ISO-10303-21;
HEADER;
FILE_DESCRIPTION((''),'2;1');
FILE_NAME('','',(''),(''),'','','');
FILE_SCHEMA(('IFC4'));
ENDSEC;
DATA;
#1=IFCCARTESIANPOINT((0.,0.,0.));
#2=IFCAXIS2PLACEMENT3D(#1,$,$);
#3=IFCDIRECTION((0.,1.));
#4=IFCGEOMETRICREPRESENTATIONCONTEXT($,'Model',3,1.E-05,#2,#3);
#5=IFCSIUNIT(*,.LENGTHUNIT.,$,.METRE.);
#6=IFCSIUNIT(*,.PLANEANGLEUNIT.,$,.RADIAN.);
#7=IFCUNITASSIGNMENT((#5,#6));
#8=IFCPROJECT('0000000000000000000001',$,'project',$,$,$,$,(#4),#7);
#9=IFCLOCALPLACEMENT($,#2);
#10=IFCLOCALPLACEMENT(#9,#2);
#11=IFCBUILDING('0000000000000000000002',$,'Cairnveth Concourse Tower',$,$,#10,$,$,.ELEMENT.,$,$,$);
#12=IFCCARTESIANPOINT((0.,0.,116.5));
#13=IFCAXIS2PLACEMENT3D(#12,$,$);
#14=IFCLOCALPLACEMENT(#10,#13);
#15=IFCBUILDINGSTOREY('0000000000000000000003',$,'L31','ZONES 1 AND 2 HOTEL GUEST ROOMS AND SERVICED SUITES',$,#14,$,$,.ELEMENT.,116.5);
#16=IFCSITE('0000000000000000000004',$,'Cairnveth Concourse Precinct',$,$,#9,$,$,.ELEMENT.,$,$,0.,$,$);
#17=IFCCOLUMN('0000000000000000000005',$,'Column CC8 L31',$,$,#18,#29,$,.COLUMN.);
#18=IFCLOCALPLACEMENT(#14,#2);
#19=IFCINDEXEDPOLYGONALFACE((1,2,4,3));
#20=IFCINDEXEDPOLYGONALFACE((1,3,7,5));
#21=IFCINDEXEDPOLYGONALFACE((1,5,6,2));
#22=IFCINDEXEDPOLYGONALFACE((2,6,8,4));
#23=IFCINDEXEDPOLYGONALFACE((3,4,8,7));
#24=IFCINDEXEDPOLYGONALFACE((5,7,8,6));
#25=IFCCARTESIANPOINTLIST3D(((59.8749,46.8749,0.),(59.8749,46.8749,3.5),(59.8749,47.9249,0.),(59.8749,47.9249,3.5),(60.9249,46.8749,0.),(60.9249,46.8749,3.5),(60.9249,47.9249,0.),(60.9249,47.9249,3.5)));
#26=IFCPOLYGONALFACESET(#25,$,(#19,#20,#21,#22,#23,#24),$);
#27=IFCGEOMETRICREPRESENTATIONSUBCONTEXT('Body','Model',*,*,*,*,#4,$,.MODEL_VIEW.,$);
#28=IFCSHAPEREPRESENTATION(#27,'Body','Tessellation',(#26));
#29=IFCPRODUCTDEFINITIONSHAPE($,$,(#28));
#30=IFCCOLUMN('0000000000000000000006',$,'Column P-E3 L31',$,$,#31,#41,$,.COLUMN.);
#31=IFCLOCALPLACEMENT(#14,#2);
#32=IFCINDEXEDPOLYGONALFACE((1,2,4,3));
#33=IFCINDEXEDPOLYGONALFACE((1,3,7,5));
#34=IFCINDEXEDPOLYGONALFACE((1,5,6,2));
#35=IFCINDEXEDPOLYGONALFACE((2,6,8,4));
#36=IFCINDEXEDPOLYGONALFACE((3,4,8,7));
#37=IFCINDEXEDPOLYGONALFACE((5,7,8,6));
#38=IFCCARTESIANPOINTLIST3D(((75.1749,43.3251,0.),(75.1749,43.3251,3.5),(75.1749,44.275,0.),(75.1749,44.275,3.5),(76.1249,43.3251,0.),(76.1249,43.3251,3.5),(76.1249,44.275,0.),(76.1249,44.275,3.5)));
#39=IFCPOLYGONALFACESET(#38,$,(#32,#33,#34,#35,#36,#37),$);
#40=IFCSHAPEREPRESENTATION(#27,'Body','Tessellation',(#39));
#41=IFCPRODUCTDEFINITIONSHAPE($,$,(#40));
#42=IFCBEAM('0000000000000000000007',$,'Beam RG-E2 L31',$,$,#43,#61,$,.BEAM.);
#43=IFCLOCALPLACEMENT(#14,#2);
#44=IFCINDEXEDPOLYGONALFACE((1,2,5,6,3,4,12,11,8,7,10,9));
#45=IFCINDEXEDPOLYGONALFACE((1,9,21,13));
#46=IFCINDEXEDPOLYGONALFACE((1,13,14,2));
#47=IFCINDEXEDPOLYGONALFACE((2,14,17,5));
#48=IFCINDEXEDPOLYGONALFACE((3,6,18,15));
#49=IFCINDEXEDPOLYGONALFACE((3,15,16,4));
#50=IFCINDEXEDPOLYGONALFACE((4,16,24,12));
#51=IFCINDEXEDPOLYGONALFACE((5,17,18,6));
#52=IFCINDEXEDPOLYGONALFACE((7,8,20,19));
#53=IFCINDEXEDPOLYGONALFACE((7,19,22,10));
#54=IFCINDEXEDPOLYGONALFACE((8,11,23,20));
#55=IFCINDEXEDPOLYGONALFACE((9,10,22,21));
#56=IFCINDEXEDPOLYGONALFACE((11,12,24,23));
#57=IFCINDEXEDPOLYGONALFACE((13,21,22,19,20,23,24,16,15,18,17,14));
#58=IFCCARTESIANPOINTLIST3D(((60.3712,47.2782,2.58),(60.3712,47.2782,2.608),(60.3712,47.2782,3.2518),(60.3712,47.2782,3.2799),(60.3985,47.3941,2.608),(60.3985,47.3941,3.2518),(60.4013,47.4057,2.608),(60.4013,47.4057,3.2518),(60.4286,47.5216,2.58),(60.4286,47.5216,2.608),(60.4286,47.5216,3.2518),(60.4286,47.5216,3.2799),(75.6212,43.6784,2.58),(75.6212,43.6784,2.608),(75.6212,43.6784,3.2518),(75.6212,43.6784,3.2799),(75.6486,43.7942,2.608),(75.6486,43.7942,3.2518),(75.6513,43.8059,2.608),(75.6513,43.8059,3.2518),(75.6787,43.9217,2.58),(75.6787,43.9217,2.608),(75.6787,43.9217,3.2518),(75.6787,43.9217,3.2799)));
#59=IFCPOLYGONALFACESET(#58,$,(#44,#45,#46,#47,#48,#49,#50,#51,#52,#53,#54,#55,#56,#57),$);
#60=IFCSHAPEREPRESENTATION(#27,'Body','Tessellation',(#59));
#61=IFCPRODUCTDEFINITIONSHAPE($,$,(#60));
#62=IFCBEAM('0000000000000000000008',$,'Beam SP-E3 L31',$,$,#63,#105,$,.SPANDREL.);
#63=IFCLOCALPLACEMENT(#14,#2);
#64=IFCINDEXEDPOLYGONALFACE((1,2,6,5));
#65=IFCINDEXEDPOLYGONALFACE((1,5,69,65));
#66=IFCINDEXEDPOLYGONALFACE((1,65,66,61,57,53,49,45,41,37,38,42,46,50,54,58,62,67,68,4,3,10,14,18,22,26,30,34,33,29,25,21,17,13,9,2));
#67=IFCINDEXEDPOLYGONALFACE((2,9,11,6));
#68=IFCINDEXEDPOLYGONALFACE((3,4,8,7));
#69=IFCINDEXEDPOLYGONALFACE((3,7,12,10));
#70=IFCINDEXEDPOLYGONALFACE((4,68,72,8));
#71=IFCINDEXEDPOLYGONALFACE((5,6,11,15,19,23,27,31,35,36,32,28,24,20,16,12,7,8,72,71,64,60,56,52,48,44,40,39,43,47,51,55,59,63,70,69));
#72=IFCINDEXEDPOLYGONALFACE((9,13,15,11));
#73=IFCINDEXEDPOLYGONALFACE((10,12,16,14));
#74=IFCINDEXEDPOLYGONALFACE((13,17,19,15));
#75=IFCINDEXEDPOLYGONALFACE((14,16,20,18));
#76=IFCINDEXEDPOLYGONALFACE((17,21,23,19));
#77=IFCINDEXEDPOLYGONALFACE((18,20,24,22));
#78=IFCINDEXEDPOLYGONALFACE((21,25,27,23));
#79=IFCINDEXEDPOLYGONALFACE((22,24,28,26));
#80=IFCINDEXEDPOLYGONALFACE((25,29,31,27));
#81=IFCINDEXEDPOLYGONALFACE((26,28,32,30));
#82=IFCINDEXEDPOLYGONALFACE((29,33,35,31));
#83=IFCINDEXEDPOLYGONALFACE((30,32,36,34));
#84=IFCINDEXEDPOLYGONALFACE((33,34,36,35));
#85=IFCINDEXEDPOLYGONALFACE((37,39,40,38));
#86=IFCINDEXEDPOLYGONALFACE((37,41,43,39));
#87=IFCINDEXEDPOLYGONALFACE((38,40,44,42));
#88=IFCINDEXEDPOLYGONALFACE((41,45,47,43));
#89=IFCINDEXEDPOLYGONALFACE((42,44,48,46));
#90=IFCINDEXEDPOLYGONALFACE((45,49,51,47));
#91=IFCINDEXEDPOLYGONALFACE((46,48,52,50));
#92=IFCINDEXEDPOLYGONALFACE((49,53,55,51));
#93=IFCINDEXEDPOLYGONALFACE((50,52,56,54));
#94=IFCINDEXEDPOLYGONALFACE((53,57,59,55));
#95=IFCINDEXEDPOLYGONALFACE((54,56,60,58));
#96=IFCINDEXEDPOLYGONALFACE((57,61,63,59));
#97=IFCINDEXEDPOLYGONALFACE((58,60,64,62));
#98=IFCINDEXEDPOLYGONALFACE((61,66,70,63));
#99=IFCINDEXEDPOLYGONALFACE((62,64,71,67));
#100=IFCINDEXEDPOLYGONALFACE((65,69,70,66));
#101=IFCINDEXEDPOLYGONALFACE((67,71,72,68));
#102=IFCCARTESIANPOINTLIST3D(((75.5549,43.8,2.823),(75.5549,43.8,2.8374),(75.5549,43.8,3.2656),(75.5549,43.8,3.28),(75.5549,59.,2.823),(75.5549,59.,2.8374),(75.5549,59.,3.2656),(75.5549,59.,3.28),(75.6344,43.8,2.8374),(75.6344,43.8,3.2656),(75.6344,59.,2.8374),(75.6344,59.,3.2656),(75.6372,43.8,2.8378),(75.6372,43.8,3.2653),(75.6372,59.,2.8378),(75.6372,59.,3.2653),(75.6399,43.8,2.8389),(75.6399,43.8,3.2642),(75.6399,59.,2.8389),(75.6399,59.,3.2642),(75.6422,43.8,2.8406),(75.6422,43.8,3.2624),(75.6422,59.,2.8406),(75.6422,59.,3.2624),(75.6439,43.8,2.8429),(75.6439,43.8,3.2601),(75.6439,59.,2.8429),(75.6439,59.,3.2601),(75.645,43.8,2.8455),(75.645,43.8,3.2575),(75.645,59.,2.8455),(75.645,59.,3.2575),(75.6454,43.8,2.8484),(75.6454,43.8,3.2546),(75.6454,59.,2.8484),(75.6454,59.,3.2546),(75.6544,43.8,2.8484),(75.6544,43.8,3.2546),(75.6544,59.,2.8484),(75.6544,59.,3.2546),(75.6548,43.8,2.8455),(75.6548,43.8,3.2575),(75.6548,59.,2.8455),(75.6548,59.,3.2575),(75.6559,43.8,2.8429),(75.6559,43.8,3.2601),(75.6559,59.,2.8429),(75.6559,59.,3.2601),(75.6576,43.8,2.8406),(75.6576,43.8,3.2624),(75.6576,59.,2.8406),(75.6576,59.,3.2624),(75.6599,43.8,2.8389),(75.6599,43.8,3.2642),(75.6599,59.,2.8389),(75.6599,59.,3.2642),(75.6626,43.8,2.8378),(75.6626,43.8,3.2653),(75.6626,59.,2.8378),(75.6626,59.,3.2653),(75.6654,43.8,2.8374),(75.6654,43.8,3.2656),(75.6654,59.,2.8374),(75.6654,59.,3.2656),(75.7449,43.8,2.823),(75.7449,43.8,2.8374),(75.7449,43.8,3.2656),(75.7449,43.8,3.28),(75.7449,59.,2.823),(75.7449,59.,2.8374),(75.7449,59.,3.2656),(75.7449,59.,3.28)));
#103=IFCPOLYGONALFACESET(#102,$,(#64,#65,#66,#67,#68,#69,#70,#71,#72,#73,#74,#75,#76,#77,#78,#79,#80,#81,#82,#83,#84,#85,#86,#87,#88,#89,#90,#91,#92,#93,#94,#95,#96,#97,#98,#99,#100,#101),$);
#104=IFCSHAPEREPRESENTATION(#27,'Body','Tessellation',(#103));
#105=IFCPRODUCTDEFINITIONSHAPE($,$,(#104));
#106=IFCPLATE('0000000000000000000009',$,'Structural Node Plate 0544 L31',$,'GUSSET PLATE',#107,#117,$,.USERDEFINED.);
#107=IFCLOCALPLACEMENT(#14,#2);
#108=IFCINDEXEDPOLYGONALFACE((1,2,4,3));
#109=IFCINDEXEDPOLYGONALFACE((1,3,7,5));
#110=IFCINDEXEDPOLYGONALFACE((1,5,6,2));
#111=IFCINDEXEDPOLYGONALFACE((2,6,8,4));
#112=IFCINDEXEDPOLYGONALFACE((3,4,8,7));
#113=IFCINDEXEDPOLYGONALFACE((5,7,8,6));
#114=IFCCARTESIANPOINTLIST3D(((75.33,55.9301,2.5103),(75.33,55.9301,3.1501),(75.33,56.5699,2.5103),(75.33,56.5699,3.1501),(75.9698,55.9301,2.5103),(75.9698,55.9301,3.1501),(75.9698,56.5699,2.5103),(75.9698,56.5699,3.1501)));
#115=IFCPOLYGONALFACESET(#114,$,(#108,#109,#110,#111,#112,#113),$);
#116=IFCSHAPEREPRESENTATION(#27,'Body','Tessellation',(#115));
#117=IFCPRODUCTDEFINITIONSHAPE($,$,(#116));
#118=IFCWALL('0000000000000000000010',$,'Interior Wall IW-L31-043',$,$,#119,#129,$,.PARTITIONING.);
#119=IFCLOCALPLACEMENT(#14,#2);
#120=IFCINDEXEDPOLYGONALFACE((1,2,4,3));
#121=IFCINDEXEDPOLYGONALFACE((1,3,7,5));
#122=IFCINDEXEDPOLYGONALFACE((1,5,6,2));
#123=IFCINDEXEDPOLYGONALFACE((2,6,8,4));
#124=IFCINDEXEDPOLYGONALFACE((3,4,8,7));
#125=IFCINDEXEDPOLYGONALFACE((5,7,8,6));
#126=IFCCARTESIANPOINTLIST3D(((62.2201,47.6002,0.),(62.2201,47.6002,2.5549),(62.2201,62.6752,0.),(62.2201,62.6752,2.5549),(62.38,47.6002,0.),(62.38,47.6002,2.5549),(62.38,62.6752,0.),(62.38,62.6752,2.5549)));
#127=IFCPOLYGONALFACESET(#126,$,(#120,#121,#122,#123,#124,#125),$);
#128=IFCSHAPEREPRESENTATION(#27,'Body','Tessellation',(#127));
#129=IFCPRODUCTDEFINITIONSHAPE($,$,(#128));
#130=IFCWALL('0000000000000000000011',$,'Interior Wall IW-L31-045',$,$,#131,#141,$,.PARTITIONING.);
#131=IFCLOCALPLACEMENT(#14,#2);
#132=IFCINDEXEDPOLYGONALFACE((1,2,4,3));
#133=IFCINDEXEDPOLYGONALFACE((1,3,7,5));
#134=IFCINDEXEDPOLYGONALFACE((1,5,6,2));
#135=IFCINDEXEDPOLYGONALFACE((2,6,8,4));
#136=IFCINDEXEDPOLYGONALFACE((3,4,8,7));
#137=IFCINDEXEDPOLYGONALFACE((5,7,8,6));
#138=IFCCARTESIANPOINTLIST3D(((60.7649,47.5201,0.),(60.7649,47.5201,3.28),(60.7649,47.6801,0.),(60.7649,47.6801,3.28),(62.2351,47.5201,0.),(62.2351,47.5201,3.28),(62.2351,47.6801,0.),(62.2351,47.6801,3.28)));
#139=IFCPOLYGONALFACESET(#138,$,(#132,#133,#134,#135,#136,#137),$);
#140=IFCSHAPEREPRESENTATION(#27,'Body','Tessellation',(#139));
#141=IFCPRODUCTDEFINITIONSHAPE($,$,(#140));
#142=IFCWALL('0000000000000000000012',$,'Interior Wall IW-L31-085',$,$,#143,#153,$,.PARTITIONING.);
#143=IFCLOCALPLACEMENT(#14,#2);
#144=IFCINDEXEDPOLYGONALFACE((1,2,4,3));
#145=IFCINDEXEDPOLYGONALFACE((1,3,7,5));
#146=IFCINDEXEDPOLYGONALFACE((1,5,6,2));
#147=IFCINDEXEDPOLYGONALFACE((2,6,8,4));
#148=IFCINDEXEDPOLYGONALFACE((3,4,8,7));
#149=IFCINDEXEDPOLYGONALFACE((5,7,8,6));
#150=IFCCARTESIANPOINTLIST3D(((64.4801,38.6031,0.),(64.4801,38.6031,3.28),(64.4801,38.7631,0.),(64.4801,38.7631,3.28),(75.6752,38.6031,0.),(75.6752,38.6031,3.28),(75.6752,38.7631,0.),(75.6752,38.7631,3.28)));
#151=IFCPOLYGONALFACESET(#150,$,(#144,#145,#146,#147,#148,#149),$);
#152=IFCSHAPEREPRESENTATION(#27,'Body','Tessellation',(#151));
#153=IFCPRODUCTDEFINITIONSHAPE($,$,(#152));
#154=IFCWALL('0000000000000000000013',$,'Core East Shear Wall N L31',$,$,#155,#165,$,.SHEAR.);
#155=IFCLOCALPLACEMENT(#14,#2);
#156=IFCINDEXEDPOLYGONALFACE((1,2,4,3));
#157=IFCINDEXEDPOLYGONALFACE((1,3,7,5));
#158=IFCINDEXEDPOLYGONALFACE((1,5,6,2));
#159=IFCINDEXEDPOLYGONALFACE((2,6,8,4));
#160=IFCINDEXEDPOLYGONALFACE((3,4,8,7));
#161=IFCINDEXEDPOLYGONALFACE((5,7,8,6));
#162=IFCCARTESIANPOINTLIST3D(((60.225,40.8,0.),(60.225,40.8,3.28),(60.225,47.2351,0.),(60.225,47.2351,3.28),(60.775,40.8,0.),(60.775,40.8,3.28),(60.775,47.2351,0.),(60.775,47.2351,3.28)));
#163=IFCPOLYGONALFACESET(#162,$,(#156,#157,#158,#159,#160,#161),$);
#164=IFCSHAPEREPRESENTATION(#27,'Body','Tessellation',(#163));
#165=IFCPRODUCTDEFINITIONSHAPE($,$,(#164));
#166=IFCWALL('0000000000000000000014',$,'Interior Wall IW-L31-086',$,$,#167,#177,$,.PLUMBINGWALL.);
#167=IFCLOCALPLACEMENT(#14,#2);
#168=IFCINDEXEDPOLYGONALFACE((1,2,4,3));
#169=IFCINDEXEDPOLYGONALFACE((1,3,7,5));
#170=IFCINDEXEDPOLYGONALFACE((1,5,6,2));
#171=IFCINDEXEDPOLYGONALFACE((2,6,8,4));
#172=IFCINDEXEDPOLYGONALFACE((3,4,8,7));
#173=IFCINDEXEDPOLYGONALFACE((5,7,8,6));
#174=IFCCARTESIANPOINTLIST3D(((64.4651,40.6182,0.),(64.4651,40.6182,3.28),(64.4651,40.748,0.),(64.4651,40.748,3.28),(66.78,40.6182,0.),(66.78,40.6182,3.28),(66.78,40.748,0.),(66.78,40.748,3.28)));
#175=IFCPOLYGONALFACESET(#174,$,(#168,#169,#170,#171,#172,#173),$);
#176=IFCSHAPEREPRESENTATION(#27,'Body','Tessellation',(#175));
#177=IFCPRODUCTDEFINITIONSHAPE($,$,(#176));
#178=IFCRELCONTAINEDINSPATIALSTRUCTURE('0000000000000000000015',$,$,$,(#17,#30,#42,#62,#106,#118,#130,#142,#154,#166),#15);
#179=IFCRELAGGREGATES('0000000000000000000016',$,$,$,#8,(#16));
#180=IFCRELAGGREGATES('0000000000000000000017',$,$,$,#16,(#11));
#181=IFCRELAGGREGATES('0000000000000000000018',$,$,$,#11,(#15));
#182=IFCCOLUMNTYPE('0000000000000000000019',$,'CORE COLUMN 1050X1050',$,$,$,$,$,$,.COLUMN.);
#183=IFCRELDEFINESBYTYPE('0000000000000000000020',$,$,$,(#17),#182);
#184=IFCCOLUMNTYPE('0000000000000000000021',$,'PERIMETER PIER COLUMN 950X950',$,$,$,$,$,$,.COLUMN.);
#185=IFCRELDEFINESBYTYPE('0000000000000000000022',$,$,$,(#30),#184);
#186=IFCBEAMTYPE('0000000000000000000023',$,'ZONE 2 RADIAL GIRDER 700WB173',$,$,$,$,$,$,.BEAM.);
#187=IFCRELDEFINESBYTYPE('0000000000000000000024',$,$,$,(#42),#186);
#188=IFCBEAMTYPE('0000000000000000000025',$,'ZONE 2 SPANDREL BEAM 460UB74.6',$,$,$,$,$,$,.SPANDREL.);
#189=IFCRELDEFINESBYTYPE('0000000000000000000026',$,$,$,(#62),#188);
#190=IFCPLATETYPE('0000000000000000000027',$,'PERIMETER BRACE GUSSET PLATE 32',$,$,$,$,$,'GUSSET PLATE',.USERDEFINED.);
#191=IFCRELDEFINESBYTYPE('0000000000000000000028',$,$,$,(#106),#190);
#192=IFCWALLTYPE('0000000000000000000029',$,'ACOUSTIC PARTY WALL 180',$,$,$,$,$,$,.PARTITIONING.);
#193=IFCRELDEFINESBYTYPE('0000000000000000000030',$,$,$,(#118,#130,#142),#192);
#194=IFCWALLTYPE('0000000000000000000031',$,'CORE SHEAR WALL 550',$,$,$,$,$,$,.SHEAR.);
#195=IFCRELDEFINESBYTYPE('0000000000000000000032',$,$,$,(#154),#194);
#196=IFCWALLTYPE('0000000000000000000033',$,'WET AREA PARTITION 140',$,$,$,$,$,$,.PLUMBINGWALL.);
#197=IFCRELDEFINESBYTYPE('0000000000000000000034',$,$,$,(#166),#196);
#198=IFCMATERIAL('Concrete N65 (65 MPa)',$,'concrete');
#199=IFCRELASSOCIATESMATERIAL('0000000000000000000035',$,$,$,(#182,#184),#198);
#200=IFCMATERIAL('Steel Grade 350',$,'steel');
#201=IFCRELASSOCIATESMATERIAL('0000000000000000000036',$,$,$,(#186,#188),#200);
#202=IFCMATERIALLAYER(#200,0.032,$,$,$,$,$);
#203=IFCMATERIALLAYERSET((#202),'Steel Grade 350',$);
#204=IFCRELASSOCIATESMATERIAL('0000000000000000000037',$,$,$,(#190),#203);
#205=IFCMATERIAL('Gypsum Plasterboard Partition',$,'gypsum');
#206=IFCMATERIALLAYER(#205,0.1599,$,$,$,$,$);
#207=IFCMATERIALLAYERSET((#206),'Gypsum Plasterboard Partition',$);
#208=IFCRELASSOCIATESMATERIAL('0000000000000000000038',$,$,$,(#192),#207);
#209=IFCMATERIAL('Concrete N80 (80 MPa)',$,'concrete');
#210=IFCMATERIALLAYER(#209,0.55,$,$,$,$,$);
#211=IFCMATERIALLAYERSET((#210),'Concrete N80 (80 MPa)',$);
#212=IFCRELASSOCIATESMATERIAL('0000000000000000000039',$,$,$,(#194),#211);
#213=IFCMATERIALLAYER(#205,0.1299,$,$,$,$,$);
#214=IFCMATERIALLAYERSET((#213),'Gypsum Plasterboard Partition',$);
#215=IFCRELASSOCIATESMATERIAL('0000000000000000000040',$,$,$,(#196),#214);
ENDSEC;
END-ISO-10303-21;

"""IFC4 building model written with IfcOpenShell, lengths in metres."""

from ifc_helpers import new_model, si_unit, direction, frame, frame_2d, origin, origin_2d, place, context, subcontext, project, spatial, rectangle, i_section, extrude, material, layer, layer_set, material_profile, profile_set, type_object, element, save


model = new_model("IFC4")

# Units and contexts
model_context = context("Model", 3, precision=1e-05, world=origin(), true_north=direction((0.0, 1.0)))
body_context = subcontext(model_context, "Body", "Model", "MODEL_VIEW")
ifc_project = project(units=[si_unit("LENGTHUNIT", "METRE"), si_unit("PLANEANGLEUNIT", "RADIAN")], contexts=[model_context])

# Site, building, storey
site_placement = place(None, origin())
site = spatial("IfcSite", under=ifc_project, at=site_placement, Name="Cairnveth Concourse Precinct", CompositionType="ELEMENT", RefElevation=0.0)
building_placement = place(site_placement, origin())
building = spatial("IfcBuilding", under=site, at=building_placement, Name="Cairnveth Concourse Tower", CompositionType="ELEMENT")
storey_placement = place(building_placement, frame((0.0, 0.0, 116.5)))
storey = spatial("IfcBuildingStorey", under=building, at=storey_placement, Name="L31", Description="ZONES 1 AND 2 HOTEL GUEST ROOMS AND SERVICED SUITES", CompositionType="ELEMENT", Elevation=116.5)

# Columns
ifc_material_1 = material(Name="Concrete N65 (65 MPa)", Category="concrete")
ifc_material_profile_1 = material_profile(ifc_material_1, rectangle(XDim=1.05, YDim=1.05, at=origin_2d()), Name="RC-COL-1050x1050")
ifc_profile_set_1 = profile_set([ifc_material_profile_1], Name="Concrete N65 (65 MPa)")
column_type_1 = type_object("IfcColumnType", Name="CORE COLUMN 1050X1050", PredefinedType="COLUMN", material=ifc_profile_set_1)
column_1_placement = place(storey_placement, frame((60.3999, 47.3999, 0.0), z_axis=(0.0, 0.0, 1.0), x_axis=(1.0, 0.0, 0.0)))
element("IfcColumn", 1, at=column_1_placement, inside=storey, type_object=column_type_1, Name="Column CC8 L31", PredefinedType="COLUMN", context=body_context, shape_type="SweptSolid", body=[
    extrude(rectangle(XDim=1.05, YDim=1.05, at=origin_2d()), origin(), (0.0, 0.0, 1.0), 3.5),
])
ifc_material_profile_2 = material_profile(ifc_material_1, rectangle(XDim=0.95, YDim=0.95, at=origin_2d()), Name="RC-COL-950x950")
ifc_profile_set_2 = profile_set([ifc_material_profile_2], Name="Concrete N65 (65 MPa)")
column_type_2 = type_object("IfcColumnType", Name="PERIMETER PIER COLUMN 950X950", PredefinedType="COLUMN", material=ifc_profile_set_2)
column_2_placement = place(storey_placement, frame((75.6499, 43.8, 0.0), z_axis=(0.0, 0.0, 1.0), x_axis=(0.0, 1.0, 0.0)))
element("IfcColumn", 2, at=column_2_placement, inside=storey, type_object=column_type_2, Name="Column P-E3 L31", PredefinedType="COLUMN", context=body_context, shape_type="SweptSolid", body=[
    extrude(rectangle(XDim=0.95, YDim=0.95, at=origin_2d()), origin(), (0.0, 0.0, 1.0), 3.5),
])

# Beams
ifc_material_2 = material(Name="Steel Grade 350", Category="steel")
ifc_material_profile_3 = material_profile(ifc_material_2, i_section(OverallWidth=0.25, OverallDepth=0.7, WebThickness=0.012, FlangeThickness=0.0281, at=origin_2d()), Name="700WB173")
ifc_profile_set_3 = profile_set([ifc_material_profile_3], Name="Steel Grade 350")
beam_type_1 = type_object("IfcBeamType", Name="ZONE 2 RADIAL GIRDER 700WB173", PredefinedType="BEAM", material=ifc_profile_set_3)
beam_1_placement = place(storey_placement, frame((60.3999, 47.3999, 2.9299), z_axis=(0.973252, -0.229742, 0.0), x_axis=(0.229742, 0.973252, 0.0)))
element("IfcBeam", 3, at=beam_1_placement, inside=storey, type_object=beam_type_1, Name="Beam RG-E2 L31", PredefinedType="BEAM", context=body_context, shape_type="SweptSolid", body=[
    extrude(i_section(OverallWidth=0.25, OverallDepth=0.7, WebThickness=0.012, FlangeThickness=0.0281, at=origin_2d()), origin(), (0.0, 0.0, 1.0), 15.6692),
])
ifc_material_profile_4 = material_profile(ifc_material_2, i_section(OverallWidth=0.1899, OverallDepth=0.457, WebThickness=0.009, FlangeThickness=0.0144, FilletRadius=0.011, at=origin_2d()), Name="460UB74.6")
ifc_profile_set_4 = profile_set([ifc_material_profile_4], Name="Steel Grade 350")
beam_type_2 = type_object("IfcBeamType", Name="ZONE 2 SPANDREL BEAM 460UB74.6", PredefinedType="SPANDREL", material=ifc_profile_set_4)
beam_2_placement = place(storey_placement, frame((75.6499, 43.8, 3.0515), z_axis=(0.0, 1.0, 0.0), x_axis=(-1.0, 0.0, 0.0)))
element("IfcBeam", 4, at=beam_2_placement, inside=storey, type_object=beam_type_2, Name="Beam SP-E3 L31", PredefinedType="SPANDREL", context=body_context, shape_type="SweptSolid", body=[
    extrude(i_section(OverallWidth=0.1899, OverallDepth=0.457, WebThickness=0.009, FlangeThickness=0.0144, FilletRadius=0.011, at=origin_2d()), origin(), (0.0, 0.0, 1.0), 15.2),
])

# Plate
ifc_layer_1 = layer(ifc_material_2, 0.032)
ifc_layer_set_1 = layer_set([ifc_layer_1], Name="Steel Grade 350")
plate_type = type_object("IfcPlateType", Name="PERIMETER BRACE GUSSET PLATE 32", ElementType="GUSSET PLATE", PredefinedType="USERDEFINED", material=ifc_layer_set_1)
plate_placement = place(storey_placement, frame((75.6499, 56.25, 2.5103), z_axis=(0.0, 0.0, 1.0), x_axis=(1.0, 0.0, 0.0)))
element("IfcPlate", 5, at=plate_placement, inside=storey, type_object=plate_type, Name="Structural Node Plate 0544 L31", ObjectType="GUSSET PLATE", PredefinedType="USERDEFINED", context=body_context, shape_type="SweptSolid", body=[
    extrude(rectangle(XDim=0.6399, YDim=0.6399, at=origin_2d()), origin(), (0.0, 0.0, 1.0), 0.6399),
])

# Walls
ifc_material_3 = material(Name="Gypsum Plasterboard Partition", Category="gypsum")
ifc_layer_2 = layer(ifc_material_3, 0.1599)
ifc_layer_set_2 = layer_set([ifc_layer_2], Name="Gypsum Plasterboard Partition")
wall_type_1 = type_object("IfcWallType", Name="ACOUSTIC PARTY WALL 180", PredefinedType="PARTITIONING", material=ifc_layer_set_2)
wall_1_placement = place(storey_placement, frame((62.3, 47.6001, 0.0), z_axis=(0.0, 0.0, 1.0), x_axis=(0.0, 1.0, 0.0)))
element("IfcWall", 6, at=wall_1_placement, inside=storey, type_object=wall_type_1, Name="Interior Wall IW-L31-043", PredefinedType="PARTITIONING", context=body_context, shape_type="SweptSolid", body=[
    extrude(rectangle(XDim=15.075, YDim=0.1599, at=frame_2d((7.5376, 0.0))), origin(), (0.0, 0.0, 1.0), 2.5549),
])
wall_2_placement = place(storey_placement, frame((60.7649, 47.6001, 0.0), z_axis=(0.0, 0.0, 1.0), x_axis=(1.0, 0.0, 0.0)))
element("IfcWall", 7, at=wall_2_placement, inside=storey, type_object=wall_type_1, Name="Interior Wall IW-L31-045", PredefinedType="PARTITIONING", context=body_context, shape_type="SweptSolid", body=[
    extrude(rectangle(XDim=1.4702, YDim=0.1599, at=frame_2d((0.7351, 0.0))), origin(), (0.0, 0.0, 1.0), 3.28),
])
wall_3_placement = place(storey_placement, frame((64.48, 38.6831, 0.0), z_axis=(0.0, 0.0, 1.0), x_axis=(1.0, 0.0, 0.0)))
element("IfcWall", 8, at=wall_3_placement, inside=storey, type_object=wall_type_1, Name="Interior Wall IW-L31-085", PredefinedType="PARTITIONING", context=body_context, shape_type="SweptSolid", body=[
    extrude(rectangle(XDim=11.1951, YDim=0.1599, at=frame_2d((5.5977, 0.0))), origin(), (0.0, 0.0, 1.0), 3.28),
])
ifc_material_4 = material(Name="Concrete N80 (80 MPa)", Category="concrete")
ifc_layer_3 = layer(ifc_material_4, 0.55)
ifc_layer_set_3 = layer_set([ifc_layer_3], Name="Concrete N80 (80 MPa)")
wall_type_2 = type_object("IfcWallType", Name="CORE SHEAR WALL 550", PredefinedType="SHEAR", material=ifc_layer_set_3)
wall_4_placement = place(storey_placement, frame((60.5, 40.8, 0.0), z_axis=(0.0, 0.0, 1.0), x_axis=(0.0, 1.0, 0.0)))
element("IfcWall", 9, at=wall_4_placement, inside=storey, type_object=wall_type_2, Name="Core East Shear Wall N L31", PredefinedType="SHEAR", context=body_context, shape_type="SweptSolid", body=[
    extrude(rectangle(XDim=6.4351, YDim=0.55, at=frame_2d((3.2175, 0.0))), origin(), (0.0, 0.0, 1.0), 3.28),
])

# Wall
ifc_layer_4 = layer(ifc_material_3, 0.1299)
ifc_layer_set_4 = layer_set([ifc_layer_4], Name="Gypsum Plasterboard Partition")
wall_type_3 = type_object("IfcWallType", Name="WET AREA PARTITION 140", PredefinedType="PLUMBINGWALL", material=ifc_layer_set_4)
wall_5_placement = place(storey_placement, frame((64.4651, 40.6831, 0.0), z_axis=(0.0, 0.0, 1.0), x_axis=(1.0, 0.0, 0.0)))
element("IfcWall", 10, at=wall_5_placement, inside=storey, type_object=wall_type_3, Name="Interior Wall IW-L31-086", PredefinedType="PLUMBINGWALL", context=body_context, shape_type="SweptSolid", body=[
    extrude(rectangle(XDim=2.3149, YDim=0.1299, at=frame_2d((1.1575, 0.0))), origin(), (0.0, 0.0, 1.0), 3.28),
])

save(model, "model.ifc")
